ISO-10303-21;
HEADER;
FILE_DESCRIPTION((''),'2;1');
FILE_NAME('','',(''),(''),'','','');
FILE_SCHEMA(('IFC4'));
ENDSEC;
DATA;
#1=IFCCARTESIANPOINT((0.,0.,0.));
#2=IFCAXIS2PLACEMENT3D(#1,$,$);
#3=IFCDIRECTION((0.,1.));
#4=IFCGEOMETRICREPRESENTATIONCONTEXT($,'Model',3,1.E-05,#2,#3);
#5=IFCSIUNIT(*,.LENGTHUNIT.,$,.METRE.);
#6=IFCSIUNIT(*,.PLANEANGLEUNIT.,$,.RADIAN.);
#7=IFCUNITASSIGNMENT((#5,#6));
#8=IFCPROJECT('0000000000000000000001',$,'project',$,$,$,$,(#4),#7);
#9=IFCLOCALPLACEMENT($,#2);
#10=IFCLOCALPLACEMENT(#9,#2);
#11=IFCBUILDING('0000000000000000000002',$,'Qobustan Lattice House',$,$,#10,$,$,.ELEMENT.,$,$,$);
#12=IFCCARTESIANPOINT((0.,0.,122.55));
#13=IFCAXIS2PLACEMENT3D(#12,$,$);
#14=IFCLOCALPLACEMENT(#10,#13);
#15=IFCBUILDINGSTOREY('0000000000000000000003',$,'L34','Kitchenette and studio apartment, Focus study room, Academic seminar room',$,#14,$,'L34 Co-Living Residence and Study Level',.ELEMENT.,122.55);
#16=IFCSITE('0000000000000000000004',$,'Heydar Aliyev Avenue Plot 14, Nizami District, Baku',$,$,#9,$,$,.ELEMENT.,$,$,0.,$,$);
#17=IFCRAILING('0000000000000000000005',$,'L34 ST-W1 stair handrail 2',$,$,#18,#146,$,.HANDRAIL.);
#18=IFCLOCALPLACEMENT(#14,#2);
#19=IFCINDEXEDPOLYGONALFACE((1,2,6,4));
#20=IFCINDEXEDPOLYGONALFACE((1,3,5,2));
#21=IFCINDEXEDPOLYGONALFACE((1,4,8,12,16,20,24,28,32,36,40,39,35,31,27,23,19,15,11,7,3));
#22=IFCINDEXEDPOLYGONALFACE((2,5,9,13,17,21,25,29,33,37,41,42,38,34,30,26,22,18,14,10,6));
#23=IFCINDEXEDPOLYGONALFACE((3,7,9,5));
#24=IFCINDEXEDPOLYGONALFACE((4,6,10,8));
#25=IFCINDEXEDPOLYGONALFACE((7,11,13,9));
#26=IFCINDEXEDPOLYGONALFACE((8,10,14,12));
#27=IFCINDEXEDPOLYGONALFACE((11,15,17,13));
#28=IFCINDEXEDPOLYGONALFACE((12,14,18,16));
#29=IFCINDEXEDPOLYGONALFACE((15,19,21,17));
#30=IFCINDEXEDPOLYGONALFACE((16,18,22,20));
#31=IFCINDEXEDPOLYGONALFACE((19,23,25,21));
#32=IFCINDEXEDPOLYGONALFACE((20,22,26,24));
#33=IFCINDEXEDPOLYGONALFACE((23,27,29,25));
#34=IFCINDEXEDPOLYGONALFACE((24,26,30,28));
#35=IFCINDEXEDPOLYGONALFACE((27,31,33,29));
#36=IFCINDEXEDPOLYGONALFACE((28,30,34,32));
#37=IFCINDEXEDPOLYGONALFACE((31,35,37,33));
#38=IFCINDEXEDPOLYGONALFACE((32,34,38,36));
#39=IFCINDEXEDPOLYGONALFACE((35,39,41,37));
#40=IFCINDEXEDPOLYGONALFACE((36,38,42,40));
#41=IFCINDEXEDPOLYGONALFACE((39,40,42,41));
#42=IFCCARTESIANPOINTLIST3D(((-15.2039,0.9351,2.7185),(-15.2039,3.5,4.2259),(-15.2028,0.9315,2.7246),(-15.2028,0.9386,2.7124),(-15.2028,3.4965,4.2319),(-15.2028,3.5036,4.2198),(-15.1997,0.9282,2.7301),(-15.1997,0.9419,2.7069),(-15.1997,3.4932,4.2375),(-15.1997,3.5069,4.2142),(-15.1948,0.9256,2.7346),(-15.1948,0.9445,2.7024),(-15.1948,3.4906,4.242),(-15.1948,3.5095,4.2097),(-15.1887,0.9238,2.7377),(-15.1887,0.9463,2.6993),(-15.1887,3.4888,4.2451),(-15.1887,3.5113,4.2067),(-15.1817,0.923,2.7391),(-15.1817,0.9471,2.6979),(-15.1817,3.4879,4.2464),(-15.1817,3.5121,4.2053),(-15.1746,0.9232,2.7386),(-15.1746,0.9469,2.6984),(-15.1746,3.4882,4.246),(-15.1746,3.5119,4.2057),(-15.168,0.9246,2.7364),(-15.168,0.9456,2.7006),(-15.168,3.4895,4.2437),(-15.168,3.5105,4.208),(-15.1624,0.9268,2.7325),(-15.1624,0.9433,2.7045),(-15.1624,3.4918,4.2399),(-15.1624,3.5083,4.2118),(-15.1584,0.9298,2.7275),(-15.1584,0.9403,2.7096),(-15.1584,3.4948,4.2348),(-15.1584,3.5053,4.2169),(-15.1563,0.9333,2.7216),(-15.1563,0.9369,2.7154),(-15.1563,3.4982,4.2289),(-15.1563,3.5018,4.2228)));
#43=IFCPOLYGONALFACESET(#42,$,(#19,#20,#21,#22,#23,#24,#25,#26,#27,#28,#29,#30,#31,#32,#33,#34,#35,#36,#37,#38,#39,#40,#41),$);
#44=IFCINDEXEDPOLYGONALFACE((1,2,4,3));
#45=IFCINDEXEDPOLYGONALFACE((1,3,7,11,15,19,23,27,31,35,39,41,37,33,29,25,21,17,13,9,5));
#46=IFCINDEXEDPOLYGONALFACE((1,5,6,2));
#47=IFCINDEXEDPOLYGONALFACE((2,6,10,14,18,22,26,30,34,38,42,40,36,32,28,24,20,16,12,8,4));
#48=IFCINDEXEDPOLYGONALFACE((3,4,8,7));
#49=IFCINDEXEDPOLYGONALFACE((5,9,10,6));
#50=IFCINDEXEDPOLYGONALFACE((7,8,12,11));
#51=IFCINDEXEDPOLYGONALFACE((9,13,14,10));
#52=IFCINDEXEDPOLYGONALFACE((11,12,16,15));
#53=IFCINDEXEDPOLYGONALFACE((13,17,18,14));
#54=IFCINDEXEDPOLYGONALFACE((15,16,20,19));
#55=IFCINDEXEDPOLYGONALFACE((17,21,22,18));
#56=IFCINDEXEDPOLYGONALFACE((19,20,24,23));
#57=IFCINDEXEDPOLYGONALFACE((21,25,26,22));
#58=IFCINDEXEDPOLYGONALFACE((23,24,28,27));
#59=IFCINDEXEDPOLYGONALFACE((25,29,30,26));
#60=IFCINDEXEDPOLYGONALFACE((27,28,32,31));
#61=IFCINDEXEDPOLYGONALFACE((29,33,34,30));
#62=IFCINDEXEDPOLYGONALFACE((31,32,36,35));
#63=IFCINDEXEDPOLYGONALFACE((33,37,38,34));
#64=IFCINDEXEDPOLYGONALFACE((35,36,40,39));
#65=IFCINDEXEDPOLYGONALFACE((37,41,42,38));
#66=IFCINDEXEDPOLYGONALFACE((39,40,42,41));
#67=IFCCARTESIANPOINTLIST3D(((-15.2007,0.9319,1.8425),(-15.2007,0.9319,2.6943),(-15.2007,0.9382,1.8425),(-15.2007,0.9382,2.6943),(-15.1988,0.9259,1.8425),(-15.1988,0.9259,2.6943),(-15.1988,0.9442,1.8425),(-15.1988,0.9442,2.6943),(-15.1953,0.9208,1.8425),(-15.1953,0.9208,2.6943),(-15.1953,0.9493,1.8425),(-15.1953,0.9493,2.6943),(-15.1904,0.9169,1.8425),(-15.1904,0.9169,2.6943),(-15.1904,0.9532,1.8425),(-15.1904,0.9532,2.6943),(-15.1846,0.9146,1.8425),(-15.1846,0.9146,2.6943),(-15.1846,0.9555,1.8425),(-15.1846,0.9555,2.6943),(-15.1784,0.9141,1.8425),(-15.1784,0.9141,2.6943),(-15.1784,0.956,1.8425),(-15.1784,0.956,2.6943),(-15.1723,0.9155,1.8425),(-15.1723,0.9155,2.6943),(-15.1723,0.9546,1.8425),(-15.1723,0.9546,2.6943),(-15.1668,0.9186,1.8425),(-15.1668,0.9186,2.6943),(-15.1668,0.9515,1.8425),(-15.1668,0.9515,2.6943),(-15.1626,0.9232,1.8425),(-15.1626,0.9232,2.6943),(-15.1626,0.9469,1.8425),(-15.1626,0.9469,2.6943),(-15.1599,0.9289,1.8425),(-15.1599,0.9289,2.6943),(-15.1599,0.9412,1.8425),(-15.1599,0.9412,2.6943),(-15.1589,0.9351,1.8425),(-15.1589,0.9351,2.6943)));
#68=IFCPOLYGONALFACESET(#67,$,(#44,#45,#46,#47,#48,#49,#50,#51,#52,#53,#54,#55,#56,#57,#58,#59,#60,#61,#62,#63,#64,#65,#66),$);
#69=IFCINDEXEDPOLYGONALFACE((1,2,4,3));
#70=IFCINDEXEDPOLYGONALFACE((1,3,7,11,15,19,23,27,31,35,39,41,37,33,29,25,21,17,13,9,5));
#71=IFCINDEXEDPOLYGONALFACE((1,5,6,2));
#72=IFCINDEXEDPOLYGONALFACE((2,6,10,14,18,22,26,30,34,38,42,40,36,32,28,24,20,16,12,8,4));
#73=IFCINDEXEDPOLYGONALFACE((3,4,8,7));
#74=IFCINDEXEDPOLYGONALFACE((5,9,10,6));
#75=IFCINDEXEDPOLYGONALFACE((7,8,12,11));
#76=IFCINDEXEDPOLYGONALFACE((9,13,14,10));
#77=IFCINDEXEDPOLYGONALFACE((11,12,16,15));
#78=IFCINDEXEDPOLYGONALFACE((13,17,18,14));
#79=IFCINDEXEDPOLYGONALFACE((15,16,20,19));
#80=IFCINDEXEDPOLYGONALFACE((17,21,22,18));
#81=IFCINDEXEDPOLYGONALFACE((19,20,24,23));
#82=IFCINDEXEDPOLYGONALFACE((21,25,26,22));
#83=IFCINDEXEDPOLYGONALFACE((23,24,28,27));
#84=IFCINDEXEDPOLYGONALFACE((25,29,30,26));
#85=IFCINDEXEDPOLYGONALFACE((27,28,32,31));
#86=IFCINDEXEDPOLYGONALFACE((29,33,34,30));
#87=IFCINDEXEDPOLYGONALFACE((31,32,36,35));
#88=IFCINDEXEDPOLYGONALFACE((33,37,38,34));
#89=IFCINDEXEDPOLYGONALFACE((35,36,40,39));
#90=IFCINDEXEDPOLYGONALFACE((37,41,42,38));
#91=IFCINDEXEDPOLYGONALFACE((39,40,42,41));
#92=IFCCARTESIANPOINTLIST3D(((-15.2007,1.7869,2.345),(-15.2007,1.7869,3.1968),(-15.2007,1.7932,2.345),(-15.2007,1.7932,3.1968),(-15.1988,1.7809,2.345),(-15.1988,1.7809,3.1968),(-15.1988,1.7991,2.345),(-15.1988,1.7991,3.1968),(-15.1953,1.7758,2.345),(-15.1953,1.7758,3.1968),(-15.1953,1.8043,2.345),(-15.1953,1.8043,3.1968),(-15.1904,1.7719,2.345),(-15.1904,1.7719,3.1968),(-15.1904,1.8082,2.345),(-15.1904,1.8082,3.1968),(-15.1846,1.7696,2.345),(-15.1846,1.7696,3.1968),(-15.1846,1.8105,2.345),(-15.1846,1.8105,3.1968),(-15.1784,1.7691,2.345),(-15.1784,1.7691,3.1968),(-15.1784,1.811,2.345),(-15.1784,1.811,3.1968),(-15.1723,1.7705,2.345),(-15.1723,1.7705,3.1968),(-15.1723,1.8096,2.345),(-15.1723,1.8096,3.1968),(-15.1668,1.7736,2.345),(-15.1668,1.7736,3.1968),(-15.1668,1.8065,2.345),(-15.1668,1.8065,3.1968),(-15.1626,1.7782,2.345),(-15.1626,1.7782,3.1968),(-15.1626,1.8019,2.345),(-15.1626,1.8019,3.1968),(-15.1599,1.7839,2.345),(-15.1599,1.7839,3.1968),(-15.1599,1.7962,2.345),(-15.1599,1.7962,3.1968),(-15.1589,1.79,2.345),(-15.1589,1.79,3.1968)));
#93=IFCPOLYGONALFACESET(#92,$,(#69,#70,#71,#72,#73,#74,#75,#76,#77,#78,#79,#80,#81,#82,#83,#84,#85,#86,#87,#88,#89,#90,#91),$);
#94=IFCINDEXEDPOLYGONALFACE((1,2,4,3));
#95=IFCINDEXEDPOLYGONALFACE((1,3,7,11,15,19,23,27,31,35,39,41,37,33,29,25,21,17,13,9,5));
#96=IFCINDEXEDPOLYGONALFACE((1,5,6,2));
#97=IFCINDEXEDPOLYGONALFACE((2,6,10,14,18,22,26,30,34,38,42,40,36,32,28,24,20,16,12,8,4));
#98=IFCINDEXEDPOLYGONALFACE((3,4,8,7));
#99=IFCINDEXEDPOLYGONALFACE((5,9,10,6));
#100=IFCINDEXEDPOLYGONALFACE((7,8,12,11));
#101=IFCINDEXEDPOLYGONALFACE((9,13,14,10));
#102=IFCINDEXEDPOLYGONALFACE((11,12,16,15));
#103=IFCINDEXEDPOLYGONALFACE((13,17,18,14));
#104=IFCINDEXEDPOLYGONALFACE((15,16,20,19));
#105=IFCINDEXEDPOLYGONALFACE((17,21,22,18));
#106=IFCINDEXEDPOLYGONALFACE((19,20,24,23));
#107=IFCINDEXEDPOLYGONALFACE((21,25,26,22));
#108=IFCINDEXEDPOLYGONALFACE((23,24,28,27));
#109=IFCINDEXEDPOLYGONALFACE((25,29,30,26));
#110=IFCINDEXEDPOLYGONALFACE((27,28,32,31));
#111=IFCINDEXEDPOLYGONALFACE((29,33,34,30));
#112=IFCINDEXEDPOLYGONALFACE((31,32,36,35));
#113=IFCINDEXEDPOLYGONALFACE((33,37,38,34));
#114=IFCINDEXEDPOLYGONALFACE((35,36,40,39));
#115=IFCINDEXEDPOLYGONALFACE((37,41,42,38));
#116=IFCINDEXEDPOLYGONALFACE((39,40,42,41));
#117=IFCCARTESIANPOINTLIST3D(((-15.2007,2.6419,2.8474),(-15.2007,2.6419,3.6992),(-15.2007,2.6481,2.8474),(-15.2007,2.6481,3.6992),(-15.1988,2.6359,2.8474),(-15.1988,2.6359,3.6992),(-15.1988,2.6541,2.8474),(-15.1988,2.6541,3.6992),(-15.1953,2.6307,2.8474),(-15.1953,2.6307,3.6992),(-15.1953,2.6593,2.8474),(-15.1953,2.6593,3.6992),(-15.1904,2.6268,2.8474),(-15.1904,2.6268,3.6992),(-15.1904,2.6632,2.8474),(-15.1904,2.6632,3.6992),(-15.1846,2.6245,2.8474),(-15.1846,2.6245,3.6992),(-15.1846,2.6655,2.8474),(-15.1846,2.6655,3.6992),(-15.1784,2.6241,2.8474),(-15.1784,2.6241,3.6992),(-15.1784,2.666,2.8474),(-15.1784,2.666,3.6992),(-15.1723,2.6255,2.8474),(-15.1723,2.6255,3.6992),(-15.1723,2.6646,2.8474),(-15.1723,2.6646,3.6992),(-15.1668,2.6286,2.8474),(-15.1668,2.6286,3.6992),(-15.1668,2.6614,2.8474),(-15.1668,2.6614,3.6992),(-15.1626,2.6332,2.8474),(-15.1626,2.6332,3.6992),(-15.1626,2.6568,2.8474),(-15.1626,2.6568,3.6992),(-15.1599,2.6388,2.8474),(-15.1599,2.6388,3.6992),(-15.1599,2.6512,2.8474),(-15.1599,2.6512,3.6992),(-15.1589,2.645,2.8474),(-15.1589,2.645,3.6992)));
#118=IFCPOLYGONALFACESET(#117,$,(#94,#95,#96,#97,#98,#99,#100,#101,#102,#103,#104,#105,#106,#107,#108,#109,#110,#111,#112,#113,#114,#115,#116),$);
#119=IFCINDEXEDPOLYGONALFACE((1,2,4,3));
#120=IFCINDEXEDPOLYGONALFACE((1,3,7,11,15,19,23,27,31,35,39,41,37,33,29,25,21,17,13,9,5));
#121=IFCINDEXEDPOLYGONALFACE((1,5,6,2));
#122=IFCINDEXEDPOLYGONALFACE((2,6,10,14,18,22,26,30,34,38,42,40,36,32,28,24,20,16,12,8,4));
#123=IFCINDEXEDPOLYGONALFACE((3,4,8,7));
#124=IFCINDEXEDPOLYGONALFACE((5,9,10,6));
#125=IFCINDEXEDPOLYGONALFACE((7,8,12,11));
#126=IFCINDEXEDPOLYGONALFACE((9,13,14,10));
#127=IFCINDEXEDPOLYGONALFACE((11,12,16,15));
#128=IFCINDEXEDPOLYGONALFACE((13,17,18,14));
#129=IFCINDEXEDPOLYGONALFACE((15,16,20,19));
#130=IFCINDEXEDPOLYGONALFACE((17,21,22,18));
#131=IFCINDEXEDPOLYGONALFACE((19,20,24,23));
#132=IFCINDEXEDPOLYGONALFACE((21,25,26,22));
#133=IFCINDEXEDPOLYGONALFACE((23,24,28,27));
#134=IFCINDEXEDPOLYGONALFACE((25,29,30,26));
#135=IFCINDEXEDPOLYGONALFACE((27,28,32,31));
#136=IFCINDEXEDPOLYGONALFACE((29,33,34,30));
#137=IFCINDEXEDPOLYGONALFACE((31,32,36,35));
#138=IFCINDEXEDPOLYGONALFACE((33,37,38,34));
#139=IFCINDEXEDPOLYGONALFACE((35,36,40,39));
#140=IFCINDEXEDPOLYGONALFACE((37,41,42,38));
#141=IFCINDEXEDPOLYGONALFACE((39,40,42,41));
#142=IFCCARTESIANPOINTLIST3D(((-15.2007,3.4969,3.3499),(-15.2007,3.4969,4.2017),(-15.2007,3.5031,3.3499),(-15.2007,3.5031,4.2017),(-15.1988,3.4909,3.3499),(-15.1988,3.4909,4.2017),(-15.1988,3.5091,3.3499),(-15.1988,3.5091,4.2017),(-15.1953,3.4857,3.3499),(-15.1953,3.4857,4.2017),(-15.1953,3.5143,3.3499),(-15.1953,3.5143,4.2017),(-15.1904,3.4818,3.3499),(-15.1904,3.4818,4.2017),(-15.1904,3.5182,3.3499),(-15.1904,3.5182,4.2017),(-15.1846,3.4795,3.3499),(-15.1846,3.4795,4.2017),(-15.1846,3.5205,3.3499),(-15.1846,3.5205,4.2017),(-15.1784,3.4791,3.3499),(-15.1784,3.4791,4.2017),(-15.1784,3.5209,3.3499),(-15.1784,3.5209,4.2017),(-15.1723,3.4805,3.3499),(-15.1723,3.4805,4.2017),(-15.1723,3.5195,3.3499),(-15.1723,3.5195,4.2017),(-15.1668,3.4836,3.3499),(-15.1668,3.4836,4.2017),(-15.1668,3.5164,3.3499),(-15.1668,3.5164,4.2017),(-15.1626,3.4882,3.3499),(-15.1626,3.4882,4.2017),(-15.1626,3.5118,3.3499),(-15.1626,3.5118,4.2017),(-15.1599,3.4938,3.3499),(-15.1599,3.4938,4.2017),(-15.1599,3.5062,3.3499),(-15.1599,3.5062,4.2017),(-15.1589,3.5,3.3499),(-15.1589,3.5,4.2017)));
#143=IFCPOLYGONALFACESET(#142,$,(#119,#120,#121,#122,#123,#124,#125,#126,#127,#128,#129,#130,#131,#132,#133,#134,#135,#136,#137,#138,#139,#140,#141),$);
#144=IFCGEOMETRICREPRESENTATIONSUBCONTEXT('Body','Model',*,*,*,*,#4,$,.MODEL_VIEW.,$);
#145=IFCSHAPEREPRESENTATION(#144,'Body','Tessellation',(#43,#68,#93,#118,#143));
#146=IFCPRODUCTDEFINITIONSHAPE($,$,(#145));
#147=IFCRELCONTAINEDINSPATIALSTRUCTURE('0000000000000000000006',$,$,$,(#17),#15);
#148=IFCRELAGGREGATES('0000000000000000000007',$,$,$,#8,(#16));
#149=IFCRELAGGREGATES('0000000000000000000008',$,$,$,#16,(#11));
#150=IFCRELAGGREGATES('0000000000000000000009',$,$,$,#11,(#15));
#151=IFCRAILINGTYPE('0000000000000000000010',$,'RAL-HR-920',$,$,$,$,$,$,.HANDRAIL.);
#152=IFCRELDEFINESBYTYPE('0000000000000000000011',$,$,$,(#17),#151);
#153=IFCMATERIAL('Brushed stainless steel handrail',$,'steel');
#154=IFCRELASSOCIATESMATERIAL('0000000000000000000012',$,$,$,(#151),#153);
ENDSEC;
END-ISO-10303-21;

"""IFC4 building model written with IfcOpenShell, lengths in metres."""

from ifc_helpers import new_model, si_unit, direction, frame, origin, origin_2d, place, context, subcontext, project, spatial, circle, extrude, material, type_object, element, save


model = new_model("IFC4")

# Units and contexts
model_context = context("Model", 3, precision=1e-05, world=origin(), true_north=direction((0.0, 1.0)))
body_context = subcontext(model_context, "Body", "Model", "MODEL_VIEW")
ifc_project = project(units=[si_unit("LENGTHUNIT", "METRE"), si_unit("PLANEANGLEUNIT", "RADIAN")], contexts=[model_context])

# Site, building, storey
site_placement = place(None, origin())
site = spatial("IfcSite", under=ifc_project, at=site_placement, Name="Heydar Aliyev Avenue Plot 14, Nizami District, Baku", CompositionType="ELEMENT", RefElevation=0.0)
building_placement = place(site_placement, origin())
building = spatial("IfcBuilding", under=site, at=building_placement, Name="Qobustan Lattice House", CompositionType="ELEMENT")
storey_placement = place(building_placement, frame((0.0, 0.0, 122.55)))
storey = spatial("IfcBuildingStorey", under=building, at=storey_placement, Name="L34", Description="Kitchenette and studio apartment, Focus study room, Academic seminar room", LongName="L34 Co-Living Residence and Study Level", CompositionType="ELEMENT", Elevation=122.55)

# Railing
ifc_material_1 = material(Name="Brushed stainless steel handrail", Category="steel")
railing_type_1 = type_object("IfcRailingType", Name="RAL-HR-920", PredefinedType="HANDRAIL", material=ifc_material_1)
railing_1_placement = place(storey_placement, frame((-15.1799, 0.9351, 1.8425)))
element("IfcRailing", 1, at=railing_1_placement, inside=storey, type_object=railing_type_1, Name="L34 ST-W1 stair handrail 2", PredefinedType="HANDRAIL", context=body_context, shape_type="SweptSolid", body=[
    extrude(circle(Radius=0.0239, at=origin_2d()), frame((0.0, 0.0, 0.876), z_axis=(0.0, 0.862149, 0.506654), x_axis=(-1.0, 0.0, 0.0)), (0.0, 0.0, 1.0), 2.9751),
    extrude(circle(Radius=0.021, at=origin_2d()), origin(), (0.0, 0.0, 1.0), 0.8518),
    extrude(circle(Radius=0.021, at=origin_2d()), frame((0.0, 0.855, 0.5024)), (0.0, 0.0, 1.0), 0.8518),
    extrude(circle(Radius=0.021, at=origin_2d()), frame((0.0, 1.71, 1.0049)), (0.0, 0.0, 1.0), 0.8518),
    extrude(circle(Radius=0.021, at=origin_2d()), frame((0.0, 2.5649, 1.5073)), (0.0, 0.0, 1.0), 0.8518),
])

save(model, "model.ifc")
